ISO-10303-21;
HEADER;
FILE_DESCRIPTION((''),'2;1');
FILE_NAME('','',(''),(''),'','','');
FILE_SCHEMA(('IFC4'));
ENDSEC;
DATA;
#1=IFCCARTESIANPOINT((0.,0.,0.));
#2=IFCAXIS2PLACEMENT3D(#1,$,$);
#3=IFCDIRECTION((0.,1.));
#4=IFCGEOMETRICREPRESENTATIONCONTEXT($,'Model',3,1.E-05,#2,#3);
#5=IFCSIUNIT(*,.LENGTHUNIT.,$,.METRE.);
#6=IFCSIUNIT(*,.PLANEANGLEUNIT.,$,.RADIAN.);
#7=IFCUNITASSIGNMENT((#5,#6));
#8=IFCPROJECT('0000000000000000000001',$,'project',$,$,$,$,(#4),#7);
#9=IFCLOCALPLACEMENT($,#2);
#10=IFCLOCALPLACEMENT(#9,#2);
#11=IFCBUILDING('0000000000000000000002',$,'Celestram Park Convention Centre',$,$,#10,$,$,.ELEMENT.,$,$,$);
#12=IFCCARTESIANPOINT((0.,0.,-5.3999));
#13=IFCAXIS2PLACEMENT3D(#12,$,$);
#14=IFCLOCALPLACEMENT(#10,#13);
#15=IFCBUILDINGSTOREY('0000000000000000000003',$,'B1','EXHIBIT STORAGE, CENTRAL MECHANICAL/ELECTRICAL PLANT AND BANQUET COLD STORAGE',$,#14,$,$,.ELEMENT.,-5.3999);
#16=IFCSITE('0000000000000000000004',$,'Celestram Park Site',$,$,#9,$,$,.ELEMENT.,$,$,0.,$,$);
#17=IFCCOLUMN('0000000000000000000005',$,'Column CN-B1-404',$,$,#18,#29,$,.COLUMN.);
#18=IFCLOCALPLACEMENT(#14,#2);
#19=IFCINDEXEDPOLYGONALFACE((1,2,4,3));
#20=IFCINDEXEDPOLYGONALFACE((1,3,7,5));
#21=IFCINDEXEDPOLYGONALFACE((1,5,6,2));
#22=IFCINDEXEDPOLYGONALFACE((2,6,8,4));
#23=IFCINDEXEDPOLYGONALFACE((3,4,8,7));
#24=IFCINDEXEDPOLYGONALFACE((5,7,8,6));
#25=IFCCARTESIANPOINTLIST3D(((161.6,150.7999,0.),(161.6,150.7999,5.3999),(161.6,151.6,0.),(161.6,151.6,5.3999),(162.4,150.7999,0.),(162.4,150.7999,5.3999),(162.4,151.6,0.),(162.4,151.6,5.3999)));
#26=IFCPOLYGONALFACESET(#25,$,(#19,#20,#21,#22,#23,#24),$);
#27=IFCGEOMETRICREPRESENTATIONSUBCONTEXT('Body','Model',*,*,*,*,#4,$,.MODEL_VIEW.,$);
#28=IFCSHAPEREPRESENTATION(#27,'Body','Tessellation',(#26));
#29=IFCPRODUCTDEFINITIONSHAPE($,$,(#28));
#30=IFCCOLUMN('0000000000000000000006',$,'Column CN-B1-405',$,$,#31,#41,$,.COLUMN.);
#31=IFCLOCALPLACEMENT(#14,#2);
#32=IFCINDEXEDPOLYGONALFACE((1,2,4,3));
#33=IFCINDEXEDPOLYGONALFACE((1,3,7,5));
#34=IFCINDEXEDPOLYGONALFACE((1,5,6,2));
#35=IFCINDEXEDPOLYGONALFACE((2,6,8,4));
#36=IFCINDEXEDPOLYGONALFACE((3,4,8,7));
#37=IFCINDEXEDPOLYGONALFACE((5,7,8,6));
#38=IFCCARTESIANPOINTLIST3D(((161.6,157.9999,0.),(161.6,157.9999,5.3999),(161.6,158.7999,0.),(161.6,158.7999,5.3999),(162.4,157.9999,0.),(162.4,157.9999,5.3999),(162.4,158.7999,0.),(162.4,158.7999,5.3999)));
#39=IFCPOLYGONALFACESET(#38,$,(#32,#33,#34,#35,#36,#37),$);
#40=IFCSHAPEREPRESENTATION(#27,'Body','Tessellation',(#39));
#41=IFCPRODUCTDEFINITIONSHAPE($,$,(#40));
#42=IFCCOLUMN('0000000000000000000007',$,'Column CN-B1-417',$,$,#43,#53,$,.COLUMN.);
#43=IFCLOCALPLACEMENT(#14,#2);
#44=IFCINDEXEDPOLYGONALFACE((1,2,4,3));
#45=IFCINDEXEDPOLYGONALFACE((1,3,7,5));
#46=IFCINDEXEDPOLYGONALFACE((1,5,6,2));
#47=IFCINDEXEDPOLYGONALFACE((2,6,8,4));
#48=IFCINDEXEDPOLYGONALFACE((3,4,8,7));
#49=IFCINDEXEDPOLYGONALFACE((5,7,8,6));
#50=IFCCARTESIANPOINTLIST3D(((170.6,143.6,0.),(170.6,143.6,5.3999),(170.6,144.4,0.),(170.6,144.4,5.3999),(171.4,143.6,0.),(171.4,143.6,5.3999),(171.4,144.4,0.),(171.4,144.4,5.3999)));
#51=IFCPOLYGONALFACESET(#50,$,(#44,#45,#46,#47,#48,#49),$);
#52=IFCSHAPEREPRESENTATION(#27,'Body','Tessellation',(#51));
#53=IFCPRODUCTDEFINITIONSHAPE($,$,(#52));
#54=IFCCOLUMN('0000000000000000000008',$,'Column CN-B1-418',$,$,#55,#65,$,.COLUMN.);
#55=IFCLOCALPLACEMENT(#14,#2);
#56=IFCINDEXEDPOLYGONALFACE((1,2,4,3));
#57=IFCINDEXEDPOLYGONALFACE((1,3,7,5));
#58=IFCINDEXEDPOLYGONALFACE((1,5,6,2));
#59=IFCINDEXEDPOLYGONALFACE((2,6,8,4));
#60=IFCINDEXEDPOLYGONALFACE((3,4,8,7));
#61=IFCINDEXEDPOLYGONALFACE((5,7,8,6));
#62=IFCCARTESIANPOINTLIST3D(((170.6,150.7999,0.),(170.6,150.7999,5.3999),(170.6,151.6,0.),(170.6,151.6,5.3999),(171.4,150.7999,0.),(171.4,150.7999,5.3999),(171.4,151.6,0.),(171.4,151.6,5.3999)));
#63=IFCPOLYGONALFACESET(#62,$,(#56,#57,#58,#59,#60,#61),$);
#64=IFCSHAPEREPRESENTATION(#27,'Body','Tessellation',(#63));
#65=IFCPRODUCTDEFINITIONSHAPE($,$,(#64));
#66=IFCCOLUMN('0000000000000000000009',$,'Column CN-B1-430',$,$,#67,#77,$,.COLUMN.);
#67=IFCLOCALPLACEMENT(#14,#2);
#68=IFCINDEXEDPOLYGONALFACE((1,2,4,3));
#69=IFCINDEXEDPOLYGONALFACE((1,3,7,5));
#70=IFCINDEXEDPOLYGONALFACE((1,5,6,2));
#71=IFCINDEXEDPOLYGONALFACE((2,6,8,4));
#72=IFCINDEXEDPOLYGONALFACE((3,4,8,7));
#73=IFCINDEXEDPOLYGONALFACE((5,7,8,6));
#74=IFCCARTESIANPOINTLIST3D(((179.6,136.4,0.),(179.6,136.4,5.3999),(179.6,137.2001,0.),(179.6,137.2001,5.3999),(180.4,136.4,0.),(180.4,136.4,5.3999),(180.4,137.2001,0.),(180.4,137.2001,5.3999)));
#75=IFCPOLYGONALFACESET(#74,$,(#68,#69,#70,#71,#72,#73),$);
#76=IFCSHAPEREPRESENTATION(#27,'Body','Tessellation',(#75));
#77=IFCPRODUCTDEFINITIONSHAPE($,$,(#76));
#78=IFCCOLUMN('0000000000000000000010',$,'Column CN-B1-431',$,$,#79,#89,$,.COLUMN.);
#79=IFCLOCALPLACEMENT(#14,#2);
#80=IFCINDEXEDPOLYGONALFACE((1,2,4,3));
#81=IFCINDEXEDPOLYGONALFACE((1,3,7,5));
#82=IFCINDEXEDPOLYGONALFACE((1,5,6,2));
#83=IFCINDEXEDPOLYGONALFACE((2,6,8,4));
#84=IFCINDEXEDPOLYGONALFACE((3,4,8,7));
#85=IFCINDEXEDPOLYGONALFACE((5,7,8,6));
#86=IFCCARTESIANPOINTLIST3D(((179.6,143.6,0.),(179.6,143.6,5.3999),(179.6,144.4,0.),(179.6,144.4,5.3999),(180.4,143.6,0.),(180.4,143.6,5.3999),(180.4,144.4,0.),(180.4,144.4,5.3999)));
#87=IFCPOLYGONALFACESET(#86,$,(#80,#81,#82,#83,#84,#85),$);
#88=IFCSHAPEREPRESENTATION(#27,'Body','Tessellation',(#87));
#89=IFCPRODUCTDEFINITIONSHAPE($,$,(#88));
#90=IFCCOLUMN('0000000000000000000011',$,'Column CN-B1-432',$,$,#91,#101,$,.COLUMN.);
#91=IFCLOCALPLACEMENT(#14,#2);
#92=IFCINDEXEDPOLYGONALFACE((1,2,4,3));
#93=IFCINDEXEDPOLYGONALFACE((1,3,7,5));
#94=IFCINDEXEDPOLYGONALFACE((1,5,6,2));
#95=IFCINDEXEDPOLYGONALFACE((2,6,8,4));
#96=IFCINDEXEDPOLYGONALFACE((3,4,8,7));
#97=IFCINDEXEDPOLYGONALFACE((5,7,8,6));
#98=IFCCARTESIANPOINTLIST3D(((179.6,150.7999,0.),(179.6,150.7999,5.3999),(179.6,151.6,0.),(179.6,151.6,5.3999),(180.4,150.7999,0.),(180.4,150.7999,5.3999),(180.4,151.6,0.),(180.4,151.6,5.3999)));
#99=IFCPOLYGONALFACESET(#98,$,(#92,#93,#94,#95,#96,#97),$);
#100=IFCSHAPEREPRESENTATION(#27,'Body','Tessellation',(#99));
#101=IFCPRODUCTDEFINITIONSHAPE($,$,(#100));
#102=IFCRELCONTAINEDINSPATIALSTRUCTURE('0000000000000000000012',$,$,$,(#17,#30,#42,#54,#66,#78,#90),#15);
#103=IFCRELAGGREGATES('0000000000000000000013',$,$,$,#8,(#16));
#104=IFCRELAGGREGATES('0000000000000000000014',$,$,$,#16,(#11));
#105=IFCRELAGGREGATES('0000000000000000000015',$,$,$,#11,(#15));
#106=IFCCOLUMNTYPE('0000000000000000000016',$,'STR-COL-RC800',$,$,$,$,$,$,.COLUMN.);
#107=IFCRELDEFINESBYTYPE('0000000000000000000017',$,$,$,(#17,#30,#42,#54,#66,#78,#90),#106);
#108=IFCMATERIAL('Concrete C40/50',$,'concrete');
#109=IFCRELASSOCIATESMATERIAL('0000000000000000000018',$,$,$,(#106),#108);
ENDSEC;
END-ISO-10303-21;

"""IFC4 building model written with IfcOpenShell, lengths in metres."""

from ifc_helpers import new_model, si_unit, direction, frame, origin, origin_2d, place, context, subcontext, project, spatial, rectangle, extrude, material, material_profile, profile_set, type_object, element, save


model = new_model("IFC4")

# Units and contexts
model_context = context("Model", 3, precision=1e-05, world=origin(), true_north=direction((0.0, 1.0)))
body_context = subcontext(model_context, "Body", "Model", "MODEL_VIEW")
ifc_project = project(units=[si_unit("LENGTHUNIT", "METRE"), si_unit("PLANEANGLEUNIT", "RADIAN")], contexts=[model_context])

# Site, building, storey
site_placement = place(None, origin())
site = spatial("IfcSite", under=ifc_project, at=site_placement, Name="Celestram Park Site", CompositionType="ELEMENT", RefElevation=0.0)
building_placement = place(site_placement, origin())
building = spatial("IfcBuilding", under=site, at=building_placement, Name="Celestram Park Convention Centre", CompositionType="ELEMENT")
storey_placement = place(building_placement, frame((0.0, 0.0, -5.3999)))
storey = spatial("IfcBuildingStorey", under=building, at=storey_placement, Name="B1", Description="EXHIBIT STORAGE, CENTRAL MECHANICAL/ELECTRICAL PLANT AND BANQUET COLD STORAGE", CompositionType="ELEMENT", Elevation=-5.3999)

# Shared definitions
ifc_material_1 = material(Name="Concrete C40/50", Category="concrete")

# Columns
ifc_material_profile_1 = material_profile(ifc_material_1, rectangle(XDim=0.8, YDim=0.8, at=origin_2d()), Name="RC800X800")
ifc_profile_set_1 = profile_set([ifc_material_profile_1], Name="Concrete C40/50")
column_type = type_object("IfcColumnType", Name="STR-COL-RC800", PredefinedType="COLUMN", material=ifc_profile_set_1)
for number, where, z_axis, x_axis, name in (
    (1, (162.0, 151.2, 0.0), (0.0, 0.0, 1.0), (1.0, 0.0, 0.0), "Column CN-B1-404"),
    (2, (162.0, 158.3999, 0.0), (0.0, 0.0, 1.0), (1.0, 0.0, 0.0), "Column CN-B1-405"),
    (3, (171.0, 144.0, 0.0), (0.0, 0.0, 1.0), (1.0, 0.0, 0.0), "Column CN-B1-417"),
    (4, (171.0, 151.2, 0.0), (0.0, 0.0, 1.0), (1.0, 0.0, 0.0), "Column CN-B1-418"),
    (5, (180.0, 136.8, 0.0), (0.0, 0.0, 1.0), (1.0, 0.0, 0.0), "Column CN-B1-430"),
    (6, (180.0, 144.0, 0.0), (0.0, 0.0, 1.0), (1.0, 0.0, 0.0), "Column CN-B1-431"),
    (7, (180.0, 151.2, 0.0), (0.0, 0.0, 1.0), (1.0, 0.0, 0.0), "Column CN-B1-432"),
):
    element("IfcColumn", number, at=place(storey_placement, frame(where, z_axis=z_axis, x_axis=x_axis)), inside=storey, type_object=column_type, Name=name, PredefinedType="COLUMN", context=body_context, shape_type="SweptSolid", body=[
        extrude(rectangle(XDim=0.8, YDim=0.8, at=origin_2d()), origin(), (0.0, 0.0, 1.0), 5.3999),
    ])

save(model, "model.ifc")
